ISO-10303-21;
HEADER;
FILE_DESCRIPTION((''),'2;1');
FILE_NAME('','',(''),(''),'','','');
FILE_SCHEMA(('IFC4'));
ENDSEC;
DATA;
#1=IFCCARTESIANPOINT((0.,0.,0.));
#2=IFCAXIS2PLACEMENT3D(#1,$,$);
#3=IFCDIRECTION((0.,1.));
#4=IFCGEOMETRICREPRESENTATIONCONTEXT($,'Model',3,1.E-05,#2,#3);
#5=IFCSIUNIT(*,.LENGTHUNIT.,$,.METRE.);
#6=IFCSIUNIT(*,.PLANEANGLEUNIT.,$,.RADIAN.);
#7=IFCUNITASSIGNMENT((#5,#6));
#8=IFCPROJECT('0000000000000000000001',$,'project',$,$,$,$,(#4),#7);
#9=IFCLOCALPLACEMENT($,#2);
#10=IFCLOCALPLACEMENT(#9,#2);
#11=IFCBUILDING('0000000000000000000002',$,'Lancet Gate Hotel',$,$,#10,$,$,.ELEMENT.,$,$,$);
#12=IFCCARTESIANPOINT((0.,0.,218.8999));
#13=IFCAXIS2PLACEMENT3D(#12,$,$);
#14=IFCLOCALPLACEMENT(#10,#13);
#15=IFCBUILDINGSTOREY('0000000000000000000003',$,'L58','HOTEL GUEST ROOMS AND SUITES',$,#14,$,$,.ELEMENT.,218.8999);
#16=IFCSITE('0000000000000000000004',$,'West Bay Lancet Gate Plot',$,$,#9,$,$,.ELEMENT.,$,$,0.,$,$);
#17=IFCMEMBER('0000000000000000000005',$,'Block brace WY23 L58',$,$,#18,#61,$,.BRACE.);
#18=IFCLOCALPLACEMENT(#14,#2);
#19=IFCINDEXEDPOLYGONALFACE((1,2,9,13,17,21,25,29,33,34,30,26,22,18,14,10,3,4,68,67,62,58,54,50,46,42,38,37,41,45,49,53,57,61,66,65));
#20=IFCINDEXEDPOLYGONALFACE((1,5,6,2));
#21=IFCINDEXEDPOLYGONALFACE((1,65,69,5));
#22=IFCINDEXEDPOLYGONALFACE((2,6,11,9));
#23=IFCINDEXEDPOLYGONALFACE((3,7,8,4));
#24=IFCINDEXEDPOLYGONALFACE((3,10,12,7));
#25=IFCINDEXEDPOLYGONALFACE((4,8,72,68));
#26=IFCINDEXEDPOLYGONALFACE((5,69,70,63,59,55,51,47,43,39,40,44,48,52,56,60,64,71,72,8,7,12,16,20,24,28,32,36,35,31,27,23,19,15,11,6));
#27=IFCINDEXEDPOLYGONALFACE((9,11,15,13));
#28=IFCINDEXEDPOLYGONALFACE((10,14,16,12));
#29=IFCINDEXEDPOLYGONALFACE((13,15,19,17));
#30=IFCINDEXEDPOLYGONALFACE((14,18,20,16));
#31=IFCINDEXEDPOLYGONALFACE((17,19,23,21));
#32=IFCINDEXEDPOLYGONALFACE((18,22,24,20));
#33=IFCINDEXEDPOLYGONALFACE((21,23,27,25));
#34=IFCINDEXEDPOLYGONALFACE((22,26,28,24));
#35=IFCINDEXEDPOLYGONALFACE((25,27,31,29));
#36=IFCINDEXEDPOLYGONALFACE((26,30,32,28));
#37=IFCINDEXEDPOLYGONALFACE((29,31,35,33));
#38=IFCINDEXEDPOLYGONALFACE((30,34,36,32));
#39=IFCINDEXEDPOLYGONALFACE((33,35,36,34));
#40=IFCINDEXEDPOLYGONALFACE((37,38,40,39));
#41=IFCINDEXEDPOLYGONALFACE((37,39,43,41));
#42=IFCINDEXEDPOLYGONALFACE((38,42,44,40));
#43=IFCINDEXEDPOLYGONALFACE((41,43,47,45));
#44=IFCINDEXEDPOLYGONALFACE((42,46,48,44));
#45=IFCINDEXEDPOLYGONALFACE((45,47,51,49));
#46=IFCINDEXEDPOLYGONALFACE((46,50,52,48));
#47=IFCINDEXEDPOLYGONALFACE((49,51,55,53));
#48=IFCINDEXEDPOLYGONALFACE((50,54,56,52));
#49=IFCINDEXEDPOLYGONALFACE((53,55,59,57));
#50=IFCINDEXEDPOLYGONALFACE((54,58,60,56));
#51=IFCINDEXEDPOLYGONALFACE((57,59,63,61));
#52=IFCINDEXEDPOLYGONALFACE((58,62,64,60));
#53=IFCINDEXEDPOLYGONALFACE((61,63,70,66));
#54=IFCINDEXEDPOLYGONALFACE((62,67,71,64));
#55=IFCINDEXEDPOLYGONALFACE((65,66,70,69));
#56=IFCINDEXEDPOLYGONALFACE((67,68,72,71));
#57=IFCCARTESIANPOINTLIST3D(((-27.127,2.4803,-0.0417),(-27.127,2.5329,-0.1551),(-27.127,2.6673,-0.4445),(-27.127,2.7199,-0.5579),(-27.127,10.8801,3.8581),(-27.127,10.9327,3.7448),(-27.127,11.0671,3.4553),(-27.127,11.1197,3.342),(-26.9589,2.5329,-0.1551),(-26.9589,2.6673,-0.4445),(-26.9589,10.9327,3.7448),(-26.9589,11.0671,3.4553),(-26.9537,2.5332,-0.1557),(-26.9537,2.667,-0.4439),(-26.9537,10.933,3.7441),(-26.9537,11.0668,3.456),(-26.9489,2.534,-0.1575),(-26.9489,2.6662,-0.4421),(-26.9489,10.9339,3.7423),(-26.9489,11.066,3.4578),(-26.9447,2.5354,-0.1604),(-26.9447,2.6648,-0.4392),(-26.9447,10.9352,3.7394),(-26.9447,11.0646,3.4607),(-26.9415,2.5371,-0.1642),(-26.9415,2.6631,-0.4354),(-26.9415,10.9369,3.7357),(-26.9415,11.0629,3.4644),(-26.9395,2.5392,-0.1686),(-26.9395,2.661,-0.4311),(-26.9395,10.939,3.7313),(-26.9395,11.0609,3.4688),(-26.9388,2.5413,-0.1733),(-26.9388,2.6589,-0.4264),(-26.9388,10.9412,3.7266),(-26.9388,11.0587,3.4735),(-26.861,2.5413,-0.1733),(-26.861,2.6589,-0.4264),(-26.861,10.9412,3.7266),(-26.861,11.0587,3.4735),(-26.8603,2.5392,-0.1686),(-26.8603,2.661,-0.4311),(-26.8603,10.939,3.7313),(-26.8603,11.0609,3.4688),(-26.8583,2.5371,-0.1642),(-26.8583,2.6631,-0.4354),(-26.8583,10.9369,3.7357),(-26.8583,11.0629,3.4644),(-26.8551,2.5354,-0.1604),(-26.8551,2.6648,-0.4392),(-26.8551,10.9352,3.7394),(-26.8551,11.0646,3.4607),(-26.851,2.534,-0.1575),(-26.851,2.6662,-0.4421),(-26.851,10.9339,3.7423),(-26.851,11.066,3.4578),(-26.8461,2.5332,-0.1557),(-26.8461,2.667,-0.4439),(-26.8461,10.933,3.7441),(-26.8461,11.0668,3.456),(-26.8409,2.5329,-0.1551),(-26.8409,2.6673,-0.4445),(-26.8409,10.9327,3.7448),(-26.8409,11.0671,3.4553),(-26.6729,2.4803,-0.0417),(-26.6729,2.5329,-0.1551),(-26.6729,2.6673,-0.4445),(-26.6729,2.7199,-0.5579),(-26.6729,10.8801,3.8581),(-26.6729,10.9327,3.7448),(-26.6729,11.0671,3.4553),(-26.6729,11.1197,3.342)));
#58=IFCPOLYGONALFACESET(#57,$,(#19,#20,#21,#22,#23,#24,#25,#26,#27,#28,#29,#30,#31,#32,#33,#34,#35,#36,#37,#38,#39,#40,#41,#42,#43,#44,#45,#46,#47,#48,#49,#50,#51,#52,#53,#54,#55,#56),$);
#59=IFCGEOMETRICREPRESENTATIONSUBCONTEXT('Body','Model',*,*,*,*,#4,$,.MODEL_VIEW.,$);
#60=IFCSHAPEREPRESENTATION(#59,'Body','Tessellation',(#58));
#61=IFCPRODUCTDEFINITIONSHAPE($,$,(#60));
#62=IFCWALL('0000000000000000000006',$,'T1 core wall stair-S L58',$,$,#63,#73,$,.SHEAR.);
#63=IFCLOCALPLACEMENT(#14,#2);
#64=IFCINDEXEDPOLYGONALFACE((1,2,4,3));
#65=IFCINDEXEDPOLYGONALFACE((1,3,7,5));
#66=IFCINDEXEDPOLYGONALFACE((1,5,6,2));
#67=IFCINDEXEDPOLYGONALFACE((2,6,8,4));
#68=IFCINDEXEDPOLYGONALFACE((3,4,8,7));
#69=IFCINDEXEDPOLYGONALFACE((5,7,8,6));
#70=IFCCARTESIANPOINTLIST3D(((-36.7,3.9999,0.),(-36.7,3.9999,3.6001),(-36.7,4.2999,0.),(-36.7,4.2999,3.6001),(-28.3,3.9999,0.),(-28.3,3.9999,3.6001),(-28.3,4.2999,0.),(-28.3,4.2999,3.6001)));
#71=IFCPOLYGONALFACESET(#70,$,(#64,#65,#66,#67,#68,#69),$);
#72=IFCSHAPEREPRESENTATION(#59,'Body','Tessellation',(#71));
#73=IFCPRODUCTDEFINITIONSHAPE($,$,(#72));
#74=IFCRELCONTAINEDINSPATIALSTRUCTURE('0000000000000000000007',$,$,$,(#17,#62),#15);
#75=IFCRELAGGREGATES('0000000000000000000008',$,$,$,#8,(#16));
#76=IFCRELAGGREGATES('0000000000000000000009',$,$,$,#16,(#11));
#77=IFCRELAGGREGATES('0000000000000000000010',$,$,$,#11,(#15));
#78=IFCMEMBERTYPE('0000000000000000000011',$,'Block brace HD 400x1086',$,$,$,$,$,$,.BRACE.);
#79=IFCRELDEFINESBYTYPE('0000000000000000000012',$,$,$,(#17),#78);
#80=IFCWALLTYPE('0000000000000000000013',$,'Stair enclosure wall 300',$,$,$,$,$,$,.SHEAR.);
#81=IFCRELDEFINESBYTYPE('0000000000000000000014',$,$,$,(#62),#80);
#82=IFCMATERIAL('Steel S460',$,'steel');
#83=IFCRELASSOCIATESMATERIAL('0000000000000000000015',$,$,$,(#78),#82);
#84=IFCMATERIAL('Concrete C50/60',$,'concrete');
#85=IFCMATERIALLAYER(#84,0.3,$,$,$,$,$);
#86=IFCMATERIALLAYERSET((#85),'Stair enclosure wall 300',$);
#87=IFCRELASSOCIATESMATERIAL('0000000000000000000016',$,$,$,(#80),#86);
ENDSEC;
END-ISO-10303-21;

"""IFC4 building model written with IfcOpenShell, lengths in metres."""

from ifc_helpers import new_model, si_unit, direction, frame, frame_2d, origin, origin_2d, place, context, subcontext, project, spatial, rectangle, i_section, extrude, material, layer, layer_set, material_profile, profile_set, type_object, element, save


model = new_model("IFC4")

# Units and contexts
model_context = context("Model", 3, precision=1e-05, world=origin(), true_north=direction((0.0, 1.0)))
body_context = subcontext(model_context, "Body", "Model", "MODEL_VIEW")
ifc_project = project(units=[si_unit("LENGTHUNIT", "METRE"), si_unit("PLANEANGLEUNIT", "RADIAN")], contexts=[model_context])

# Site, building, storey
site_placement = place(None, origin())
site = spatial("IfcSite", under=ifc_project, at=site_placement, Name="West Bay Lancet Gate Plot", CompositionType="ELEMENT", RefElevation=0.0)
building_placement = place(site_placement, origin())
building = spatial("IfcBuilding", under=site, at=building_placement, Name="Lancet Gate Hotel", CompositionType="ELEMENT")
storey_placement = place(building_placement, frame((0.0, 0.0, 218.8999)))
storey = spatial("IfcBuildingStorey", under=building, at=storey_placement, Name="L58", Description="HOTEL GUEST ROOMS AND SUITES", CompositionType="ELEMENT", Elevation=218.8999)

# Member
ifc_material_1 = material(Name="Steel S460", Category="steel")
ifc_material_profile = material_profile(ifc_material_1, i_section(OverallWidth=0.4541, OverallDepth=0.5691, WebThickness=0.0779, FlangeThickness=0.125, FilletRadius=0.02, at=origin_2d()), Name="HD 400x1086")
ifc_profile_set = profile_set([ifc_material_profile], Name="Steel S460")
member_type = type_object("IfcMemberType", Name="Block brace HD 400x1086", PredefinedType="BRACE", material=ifc_profile_set)
member_placement = place(storey_placement, frame((-26.8999, 2.6001, -0.2998), z_axis=(0.0, 0.907011, 0.421107), x_axis=(-1.0, 0.0, 0.0)))
element("IfcMember", 1, at=member_placement, inside=storey, type_object=member_type, Name="Block brace WY23 L58", PredefinedType="BRACE", context=body_context, shape_type="SweptSolid", body=[
    extrude(i_section(OverallWidth=0.4541, OverallDepth=0.5691, WebThickness=0.0779, FlangeThickness=0.125, FilletRadius=0.02, at=origin_2d()), origin(), (0.0, 0.0, 1.0), 9.261),
])

# Wall
ifc_material_2 = material(Name="Concrete C50/60", Category="concrete")
ifc_layer_1 = layer(ifc_material_2, 0.3)
ifc_layer_set_1 = layer_set([ifc_layer_1], Name="Stair enclosure wall 300")
wall_type_1 = type_object("IfcWallType", Name="Stair enclosure wall 300", PredefinedType="SHEAR", material=ifc_layer_set_1)
wall_1_placement = place(storey_placement, frame((-28.3, 4.1499, 0.0), z_axis=(0.0, 0.0, 1.0), x_axis=(-1.0, 0.0, 0.0)))
element("IfcWall", 2, at=wall_1_placement, inside=storey, type_object=wall_type_1, Name="T1 core wall stair-S L58", PredefinedType="SHEAR", context=body_context, shape_type="SweptSolid", body=[
    extrude(rectangle(XDim=8.3999, YDim=0.3, at=frame_2d((4.2, 0.0))), origin(), (0.0, 0.0, 1.0), 3.6001),
])

save(model, "model.ifc")
